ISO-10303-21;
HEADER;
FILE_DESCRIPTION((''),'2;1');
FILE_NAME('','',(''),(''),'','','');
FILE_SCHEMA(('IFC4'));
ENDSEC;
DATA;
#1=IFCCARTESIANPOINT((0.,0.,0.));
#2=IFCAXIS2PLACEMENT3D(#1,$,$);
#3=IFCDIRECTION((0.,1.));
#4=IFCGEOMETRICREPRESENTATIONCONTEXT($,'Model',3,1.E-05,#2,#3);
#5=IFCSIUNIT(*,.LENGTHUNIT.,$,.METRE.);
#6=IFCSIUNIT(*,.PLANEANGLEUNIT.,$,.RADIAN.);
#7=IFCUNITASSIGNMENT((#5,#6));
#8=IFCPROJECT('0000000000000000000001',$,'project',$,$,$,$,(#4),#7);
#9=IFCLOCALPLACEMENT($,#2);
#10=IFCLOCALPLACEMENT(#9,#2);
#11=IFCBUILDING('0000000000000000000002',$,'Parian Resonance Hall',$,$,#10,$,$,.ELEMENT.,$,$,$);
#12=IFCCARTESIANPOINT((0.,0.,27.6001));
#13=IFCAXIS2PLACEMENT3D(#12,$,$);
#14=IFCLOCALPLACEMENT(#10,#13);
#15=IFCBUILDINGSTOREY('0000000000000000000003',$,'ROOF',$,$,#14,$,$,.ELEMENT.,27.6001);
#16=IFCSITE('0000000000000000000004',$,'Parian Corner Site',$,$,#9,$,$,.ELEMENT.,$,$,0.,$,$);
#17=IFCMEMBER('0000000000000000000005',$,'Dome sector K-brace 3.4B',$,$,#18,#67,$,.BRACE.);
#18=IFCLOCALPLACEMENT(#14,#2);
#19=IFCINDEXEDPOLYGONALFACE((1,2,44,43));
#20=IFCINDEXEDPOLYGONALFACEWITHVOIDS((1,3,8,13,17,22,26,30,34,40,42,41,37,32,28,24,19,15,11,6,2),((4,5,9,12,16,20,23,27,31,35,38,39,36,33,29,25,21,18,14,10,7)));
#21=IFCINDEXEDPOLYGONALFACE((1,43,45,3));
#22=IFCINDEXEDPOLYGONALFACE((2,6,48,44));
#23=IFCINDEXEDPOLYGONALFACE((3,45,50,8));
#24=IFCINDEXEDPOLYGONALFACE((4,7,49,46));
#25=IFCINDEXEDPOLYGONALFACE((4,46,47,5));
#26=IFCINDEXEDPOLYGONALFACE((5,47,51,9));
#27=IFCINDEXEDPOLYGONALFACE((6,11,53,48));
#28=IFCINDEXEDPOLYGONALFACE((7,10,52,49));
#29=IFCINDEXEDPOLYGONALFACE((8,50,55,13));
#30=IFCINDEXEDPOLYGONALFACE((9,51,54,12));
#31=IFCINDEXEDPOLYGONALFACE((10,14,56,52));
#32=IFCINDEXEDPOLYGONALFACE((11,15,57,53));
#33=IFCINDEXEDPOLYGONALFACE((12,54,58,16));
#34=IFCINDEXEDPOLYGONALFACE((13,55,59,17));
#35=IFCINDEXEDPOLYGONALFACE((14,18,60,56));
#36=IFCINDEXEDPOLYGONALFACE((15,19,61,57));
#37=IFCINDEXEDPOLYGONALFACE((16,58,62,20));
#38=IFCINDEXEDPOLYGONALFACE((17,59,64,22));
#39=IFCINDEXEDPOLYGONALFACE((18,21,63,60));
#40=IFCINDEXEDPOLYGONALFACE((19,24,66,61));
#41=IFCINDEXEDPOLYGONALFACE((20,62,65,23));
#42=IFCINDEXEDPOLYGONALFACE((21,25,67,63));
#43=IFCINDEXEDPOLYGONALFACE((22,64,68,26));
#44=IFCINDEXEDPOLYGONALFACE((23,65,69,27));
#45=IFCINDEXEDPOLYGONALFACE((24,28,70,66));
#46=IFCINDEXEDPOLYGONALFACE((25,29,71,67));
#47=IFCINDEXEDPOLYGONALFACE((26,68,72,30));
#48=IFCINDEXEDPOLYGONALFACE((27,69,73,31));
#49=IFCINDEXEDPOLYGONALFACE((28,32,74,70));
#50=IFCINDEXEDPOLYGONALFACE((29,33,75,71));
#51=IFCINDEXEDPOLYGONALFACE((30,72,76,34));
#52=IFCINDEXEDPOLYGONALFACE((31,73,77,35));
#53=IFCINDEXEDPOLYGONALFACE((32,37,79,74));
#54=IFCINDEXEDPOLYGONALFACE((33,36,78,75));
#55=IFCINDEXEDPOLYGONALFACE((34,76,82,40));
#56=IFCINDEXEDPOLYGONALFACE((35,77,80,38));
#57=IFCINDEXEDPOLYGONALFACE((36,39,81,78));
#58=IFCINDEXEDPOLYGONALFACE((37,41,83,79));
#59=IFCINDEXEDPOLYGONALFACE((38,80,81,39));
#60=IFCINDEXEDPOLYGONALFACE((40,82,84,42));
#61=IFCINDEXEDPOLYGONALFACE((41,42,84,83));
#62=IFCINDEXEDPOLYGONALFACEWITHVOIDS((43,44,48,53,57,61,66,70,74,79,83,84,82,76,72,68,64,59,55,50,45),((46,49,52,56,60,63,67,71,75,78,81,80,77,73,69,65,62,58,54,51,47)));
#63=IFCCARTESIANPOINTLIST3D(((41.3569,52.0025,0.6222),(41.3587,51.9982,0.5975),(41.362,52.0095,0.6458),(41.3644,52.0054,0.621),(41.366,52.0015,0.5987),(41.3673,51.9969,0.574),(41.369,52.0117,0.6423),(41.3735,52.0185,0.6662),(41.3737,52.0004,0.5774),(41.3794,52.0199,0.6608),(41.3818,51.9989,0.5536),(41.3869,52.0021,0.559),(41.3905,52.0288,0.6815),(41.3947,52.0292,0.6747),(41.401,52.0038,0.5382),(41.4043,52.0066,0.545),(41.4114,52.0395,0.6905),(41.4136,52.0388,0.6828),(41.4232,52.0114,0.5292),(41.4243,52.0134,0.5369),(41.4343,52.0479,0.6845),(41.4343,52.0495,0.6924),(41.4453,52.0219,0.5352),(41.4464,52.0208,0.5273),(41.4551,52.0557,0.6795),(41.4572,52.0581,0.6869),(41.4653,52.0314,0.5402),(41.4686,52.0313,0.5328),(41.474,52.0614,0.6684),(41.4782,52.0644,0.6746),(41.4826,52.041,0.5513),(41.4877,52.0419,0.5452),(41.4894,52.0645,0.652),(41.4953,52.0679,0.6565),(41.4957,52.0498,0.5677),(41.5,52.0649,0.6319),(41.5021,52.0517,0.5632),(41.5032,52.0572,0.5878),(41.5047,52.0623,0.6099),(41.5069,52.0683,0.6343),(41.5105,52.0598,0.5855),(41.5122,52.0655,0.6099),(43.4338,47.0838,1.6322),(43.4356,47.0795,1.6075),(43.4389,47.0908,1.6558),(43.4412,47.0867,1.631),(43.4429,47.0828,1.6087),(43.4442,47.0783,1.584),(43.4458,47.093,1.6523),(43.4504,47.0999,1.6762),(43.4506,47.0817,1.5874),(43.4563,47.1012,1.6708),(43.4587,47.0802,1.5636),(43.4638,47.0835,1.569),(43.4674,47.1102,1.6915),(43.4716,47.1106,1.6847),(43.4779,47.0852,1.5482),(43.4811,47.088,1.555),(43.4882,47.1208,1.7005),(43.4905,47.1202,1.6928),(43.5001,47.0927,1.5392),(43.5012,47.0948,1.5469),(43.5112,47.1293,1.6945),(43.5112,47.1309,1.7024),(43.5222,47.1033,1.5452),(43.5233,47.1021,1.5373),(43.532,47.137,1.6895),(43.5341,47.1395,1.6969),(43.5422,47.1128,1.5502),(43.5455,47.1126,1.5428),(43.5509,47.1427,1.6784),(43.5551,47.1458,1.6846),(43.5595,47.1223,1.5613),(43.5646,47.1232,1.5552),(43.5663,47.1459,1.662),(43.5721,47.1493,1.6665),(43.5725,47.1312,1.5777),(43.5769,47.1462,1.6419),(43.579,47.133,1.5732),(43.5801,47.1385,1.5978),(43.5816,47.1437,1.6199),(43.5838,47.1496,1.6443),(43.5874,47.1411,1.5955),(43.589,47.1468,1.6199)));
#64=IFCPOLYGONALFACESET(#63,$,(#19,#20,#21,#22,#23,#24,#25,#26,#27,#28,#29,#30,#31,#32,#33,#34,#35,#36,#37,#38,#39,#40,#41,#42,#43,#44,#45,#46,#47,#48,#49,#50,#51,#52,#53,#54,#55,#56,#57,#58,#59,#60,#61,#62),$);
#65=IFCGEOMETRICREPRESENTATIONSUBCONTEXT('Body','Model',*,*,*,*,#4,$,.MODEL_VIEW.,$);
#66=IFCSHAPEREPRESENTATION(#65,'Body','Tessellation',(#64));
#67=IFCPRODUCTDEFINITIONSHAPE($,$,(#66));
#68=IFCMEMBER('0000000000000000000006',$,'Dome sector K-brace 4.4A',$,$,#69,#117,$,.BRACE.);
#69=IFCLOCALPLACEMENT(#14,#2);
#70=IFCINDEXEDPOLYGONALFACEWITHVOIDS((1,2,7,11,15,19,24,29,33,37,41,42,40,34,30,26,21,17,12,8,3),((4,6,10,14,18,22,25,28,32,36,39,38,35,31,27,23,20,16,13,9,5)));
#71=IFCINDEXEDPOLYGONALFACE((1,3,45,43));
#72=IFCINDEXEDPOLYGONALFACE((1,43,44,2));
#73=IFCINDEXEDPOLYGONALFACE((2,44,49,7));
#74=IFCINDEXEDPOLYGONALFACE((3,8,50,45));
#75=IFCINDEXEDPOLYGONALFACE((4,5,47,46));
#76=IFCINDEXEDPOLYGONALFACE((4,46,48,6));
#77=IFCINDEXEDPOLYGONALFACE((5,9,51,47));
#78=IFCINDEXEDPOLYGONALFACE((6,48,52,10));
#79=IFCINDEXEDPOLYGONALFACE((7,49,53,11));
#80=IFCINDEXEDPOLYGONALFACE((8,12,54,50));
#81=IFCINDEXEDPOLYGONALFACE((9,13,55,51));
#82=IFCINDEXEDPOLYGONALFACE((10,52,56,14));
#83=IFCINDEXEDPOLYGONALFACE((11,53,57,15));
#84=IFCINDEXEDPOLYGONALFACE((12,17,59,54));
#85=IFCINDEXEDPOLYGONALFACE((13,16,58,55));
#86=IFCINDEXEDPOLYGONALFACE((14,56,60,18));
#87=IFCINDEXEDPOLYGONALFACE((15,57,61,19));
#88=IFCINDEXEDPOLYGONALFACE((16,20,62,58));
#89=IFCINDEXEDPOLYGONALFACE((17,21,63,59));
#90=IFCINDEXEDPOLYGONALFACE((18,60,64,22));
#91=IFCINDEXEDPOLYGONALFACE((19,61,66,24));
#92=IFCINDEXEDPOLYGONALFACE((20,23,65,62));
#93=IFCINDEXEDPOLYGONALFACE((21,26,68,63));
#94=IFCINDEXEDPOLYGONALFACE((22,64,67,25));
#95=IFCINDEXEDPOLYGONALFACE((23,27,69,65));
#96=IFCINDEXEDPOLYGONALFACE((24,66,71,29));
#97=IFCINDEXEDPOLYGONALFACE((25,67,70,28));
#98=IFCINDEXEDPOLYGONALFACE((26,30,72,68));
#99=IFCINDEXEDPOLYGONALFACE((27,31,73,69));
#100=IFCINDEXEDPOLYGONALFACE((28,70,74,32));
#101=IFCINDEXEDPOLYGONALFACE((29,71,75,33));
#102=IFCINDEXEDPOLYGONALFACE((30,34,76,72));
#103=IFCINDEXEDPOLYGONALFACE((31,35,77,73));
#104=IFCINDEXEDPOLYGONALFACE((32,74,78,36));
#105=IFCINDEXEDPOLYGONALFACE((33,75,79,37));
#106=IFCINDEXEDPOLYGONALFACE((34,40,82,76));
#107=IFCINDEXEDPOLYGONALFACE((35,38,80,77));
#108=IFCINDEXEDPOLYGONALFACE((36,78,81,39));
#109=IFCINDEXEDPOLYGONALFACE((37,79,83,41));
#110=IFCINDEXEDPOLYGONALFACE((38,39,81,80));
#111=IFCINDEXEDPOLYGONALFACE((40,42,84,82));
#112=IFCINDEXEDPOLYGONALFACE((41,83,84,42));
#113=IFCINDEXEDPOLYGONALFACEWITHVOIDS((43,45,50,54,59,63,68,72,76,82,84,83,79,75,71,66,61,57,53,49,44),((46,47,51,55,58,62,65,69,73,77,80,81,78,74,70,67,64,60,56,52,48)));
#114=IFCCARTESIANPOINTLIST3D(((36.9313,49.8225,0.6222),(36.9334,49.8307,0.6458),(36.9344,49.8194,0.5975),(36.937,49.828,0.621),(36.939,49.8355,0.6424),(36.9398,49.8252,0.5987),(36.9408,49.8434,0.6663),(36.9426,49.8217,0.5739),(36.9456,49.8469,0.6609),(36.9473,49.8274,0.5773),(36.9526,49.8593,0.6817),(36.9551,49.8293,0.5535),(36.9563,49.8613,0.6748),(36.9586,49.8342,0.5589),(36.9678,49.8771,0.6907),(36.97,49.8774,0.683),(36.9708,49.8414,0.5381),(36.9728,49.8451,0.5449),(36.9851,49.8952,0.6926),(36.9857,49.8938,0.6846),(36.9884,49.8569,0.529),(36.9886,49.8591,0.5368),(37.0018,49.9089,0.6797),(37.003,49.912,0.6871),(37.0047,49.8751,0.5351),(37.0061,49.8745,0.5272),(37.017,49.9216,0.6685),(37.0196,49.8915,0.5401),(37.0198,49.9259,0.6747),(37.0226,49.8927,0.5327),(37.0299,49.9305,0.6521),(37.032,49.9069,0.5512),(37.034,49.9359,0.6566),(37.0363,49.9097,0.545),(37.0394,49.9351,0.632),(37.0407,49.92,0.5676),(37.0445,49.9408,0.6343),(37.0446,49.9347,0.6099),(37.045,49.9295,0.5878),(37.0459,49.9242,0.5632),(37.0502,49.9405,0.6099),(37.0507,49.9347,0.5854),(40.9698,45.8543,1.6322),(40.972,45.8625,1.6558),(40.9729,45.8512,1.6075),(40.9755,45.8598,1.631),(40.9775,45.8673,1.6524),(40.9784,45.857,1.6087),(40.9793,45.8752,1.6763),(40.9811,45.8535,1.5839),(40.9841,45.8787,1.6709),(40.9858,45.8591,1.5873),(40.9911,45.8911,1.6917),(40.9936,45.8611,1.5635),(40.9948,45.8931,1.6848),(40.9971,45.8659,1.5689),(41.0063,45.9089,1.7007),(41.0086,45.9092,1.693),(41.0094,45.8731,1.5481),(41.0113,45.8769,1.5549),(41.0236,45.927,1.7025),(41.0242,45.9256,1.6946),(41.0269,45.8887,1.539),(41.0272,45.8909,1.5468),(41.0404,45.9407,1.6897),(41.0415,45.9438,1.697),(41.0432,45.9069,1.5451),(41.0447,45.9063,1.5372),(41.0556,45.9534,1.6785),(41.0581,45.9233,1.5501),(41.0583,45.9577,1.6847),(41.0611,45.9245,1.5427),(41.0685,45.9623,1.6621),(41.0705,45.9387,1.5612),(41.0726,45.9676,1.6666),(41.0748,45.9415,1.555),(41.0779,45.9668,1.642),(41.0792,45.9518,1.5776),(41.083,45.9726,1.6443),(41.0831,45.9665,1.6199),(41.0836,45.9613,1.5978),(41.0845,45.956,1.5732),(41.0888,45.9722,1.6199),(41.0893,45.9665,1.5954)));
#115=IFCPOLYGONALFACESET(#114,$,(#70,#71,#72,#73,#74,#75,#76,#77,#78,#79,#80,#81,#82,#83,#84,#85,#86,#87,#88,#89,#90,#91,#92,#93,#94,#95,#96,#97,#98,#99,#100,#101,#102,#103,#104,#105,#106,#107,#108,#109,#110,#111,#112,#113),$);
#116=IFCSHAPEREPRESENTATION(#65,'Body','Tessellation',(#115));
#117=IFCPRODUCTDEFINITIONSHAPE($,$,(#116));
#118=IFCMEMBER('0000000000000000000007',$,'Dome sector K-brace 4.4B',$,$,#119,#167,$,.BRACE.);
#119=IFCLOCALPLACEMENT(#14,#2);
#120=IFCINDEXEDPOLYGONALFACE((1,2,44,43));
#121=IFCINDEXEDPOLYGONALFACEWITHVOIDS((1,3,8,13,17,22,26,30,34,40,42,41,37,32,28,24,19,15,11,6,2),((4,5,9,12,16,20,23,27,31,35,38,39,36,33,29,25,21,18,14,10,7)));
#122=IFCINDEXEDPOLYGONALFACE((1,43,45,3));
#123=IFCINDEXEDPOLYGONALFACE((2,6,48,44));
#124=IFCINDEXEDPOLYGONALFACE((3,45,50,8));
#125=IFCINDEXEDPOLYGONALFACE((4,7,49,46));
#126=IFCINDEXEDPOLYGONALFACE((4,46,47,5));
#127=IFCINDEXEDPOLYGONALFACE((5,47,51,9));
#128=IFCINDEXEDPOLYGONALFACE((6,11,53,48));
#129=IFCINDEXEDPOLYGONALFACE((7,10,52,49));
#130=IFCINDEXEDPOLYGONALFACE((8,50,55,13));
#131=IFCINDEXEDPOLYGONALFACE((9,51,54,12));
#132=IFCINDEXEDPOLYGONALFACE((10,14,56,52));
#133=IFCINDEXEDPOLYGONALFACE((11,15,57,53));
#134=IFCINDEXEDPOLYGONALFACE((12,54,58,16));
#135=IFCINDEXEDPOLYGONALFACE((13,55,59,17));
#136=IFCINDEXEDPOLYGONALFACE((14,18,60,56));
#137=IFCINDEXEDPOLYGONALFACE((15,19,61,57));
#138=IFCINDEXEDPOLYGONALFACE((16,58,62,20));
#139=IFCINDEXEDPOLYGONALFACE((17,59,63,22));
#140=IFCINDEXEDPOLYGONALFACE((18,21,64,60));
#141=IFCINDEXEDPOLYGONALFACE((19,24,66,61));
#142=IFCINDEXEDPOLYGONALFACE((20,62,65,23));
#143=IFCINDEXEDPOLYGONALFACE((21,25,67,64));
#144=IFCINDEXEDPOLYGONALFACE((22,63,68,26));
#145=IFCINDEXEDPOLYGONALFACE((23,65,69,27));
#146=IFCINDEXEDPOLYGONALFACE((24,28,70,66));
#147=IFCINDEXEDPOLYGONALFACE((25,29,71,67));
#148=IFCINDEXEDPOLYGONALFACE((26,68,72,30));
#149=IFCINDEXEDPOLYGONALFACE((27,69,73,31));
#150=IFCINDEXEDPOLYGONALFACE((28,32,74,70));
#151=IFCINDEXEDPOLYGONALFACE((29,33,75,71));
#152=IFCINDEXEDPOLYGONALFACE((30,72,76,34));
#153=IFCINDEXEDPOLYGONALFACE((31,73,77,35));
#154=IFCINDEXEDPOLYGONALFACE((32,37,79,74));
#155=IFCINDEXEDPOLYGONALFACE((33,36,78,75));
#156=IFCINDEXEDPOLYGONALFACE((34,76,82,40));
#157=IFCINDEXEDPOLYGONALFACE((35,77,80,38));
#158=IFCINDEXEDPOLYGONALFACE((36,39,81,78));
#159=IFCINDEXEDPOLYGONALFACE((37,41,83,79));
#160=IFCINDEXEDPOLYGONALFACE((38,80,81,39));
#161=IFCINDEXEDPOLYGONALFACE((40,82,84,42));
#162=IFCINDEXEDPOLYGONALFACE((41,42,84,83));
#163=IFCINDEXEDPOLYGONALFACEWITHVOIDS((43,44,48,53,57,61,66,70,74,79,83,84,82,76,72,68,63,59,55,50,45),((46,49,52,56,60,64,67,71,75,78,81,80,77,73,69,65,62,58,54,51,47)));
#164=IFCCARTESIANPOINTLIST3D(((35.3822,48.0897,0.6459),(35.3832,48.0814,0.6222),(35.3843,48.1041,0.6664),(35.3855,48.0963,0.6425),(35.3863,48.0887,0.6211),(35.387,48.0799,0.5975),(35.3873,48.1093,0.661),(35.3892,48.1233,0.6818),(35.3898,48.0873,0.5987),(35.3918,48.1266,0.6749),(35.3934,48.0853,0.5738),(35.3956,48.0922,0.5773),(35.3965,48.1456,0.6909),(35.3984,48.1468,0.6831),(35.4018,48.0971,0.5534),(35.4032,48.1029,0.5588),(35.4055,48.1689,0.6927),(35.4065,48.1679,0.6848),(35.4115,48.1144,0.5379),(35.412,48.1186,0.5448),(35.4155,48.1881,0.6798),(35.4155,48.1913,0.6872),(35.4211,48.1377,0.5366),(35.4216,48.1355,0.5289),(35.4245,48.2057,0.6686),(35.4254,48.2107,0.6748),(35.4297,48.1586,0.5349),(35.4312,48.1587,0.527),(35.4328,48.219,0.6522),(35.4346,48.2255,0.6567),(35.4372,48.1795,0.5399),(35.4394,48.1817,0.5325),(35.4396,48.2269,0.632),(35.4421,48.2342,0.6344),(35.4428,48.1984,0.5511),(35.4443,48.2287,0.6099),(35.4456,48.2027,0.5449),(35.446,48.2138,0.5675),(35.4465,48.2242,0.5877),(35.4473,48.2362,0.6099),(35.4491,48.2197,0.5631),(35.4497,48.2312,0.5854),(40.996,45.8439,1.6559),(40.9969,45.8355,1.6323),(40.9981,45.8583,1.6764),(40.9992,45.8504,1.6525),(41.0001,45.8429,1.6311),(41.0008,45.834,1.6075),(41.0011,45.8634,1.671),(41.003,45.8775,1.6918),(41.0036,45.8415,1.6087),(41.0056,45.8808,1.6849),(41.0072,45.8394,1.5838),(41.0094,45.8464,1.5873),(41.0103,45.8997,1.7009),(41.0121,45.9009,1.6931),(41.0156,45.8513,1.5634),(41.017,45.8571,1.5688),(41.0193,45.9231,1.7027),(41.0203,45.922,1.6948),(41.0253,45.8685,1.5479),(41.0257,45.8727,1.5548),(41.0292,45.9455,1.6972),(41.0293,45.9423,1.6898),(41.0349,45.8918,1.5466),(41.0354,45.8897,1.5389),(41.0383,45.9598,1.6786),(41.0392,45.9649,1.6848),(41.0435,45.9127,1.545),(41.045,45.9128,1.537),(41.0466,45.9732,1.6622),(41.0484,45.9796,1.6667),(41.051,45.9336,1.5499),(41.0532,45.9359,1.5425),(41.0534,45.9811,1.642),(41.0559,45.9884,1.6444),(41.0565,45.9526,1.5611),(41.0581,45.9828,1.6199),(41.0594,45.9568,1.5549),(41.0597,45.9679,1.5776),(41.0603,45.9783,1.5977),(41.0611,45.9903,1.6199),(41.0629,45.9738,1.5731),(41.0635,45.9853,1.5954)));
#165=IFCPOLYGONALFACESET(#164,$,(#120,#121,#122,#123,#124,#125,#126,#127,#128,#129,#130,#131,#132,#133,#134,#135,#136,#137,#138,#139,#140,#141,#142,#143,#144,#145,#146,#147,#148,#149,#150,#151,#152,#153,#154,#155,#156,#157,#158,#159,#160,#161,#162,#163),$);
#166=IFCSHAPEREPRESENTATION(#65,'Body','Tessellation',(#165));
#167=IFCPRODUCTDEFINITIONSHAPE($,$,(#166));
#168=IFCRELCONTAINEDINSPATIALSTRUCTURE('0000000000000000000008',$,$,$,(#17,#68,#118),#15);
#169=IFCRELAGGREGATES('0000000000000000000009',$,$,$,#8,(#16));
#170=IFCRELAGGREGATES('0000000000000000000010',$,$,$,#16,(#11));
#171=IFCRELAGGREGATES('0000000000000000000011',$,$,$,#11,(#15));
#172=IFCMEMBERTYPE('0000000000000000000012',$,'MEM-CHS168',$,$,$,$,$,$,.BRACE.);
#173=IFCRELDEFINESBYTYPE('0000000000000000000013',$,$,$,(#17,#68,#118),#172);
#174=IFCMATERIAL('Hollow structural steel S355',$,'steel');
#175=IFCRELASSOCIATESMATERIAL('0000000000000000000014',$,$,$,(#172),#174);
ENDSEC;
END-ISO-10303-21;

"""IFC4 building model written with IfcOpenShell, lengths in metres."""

from ifc_helpers import new_model, si_unit, direction, frame, origin, origin_2d, place, context, subcontext, project, spatial, hollow_circle, extrude, material, material_profile, profile_set, type_object, element, save


model = new_model("IFC4")

# Units and contexts
model_context = context("Model", 3, precision=1e-05, world=origin(), true_north=direction((0.0, 1.0)))
body_context = subcontext(model_context, "Body", "Model", "MODEL_VIEW")
ifc_project = project(units=[si_unit("LENGTHUNIT", "METRE"), si_unit("PLANEANGLEUNIT", "RADIAN")], contexts=[model_context])

# Site, building, storey
site_placement = place(None, origin())
site = spatial("IfcSite", under=ifc_project, at=site_placement, Name="Parian Corner Site", CompositionType="ELEMENT", RefElevation=0.0)
building_placement = place(site_placement, origin())
building = spatial("IfcBuilding", under=site, at=building_placement, Name="Parian Resonance Hall", CompositionType="ELEMENT")
storey_placement = place(building_placement, frame((0.0, 0.0, 27.6001)))
storey = spatial("IfcBuildingStorey", under=building, at=storey_placement, Name="ROOF", CompositionType="ELEMENT", Elevation=27.6001)

# Members
ifc_material_1 = material(Name="Hollow structural steel S355", Category="steel")
ifc_material_profile_1 = material_profile(ifc_material_1, hollow_circle(Radius=0.0842, WallThickness=0.0081, at=origin_2d()), Name="CHS168.3x8")
ifc_profile_set_1 = profile_set([ifc_material_profile_1], Name="Hollow structural steel S355")
member_type_1 = type_object("IfcMemberType", Name="MEM-CHS168", PredefinedType="BRACE", material=ifc_profile_set_1)
member_1_placement = place(storey_placement, frame((41.4346, 52.0327, 0.6099), z_axis=(0.382212, -0.905188, 0.185872), x_axis=(0.921242, 0.388991, 0.0)))
element("IfcMember", 1, at=member_1_placement, inside=storey, type_object=member_type_1, Name="Dome sector K-brace 3.4B", PredefinedType="BRACE", context=body_context, shape_type="SweptSolid", body=[
    extrude(hollow_circle(Radius=0.0842, WallThickness=0.0081, at=origin_2d()), origin(), (0.0, 0.0, 1.0), 5.4338),
])
member_2_placement = place(storey_placement, frame((36.9912, 49.8804, 0.6099), z_axis=(0.702204, -0.689978, 0.175615), x_axis=(0.70087, 0.713289, 0.0)))
element("IfcMember", 2, at=member_2_placement, inside=storey, type_object=member_type_1, Name="Dome sector K-brace 4.4A", PredefinedType="BRACE", context=body_context, shape_type="SweptSolid", body=[
    extrude(hollow_circle(Radius=0.0842, WallThickness=0.0081, at=origin_2d()), origin(), (0.0, 0.0, 1.0), 5.7512),
])
member_3_placement = place(storey_placement, frame((35.416, 48.158, 0.6099), z_axis=(0.915768, -0.366363, 0.164762), x_axis=(0.371439, 0.928457, 0.0)))
element("IfcMember", 3, at=member_3_placement, inside=storey, type_object=member_type_1, Name="Dome sector K-brace 4.4B", PredefinedType="BRACE", context=body_context, shape_type="SweptSolid", body=[
    extrude(hollow_circle(Radius=0.0842, WallThickness=0.0081, at=origin_2d()), origin(), (0.0, 0.0, 1.0), 6.1301),
])

save(model, "model.ifc")
